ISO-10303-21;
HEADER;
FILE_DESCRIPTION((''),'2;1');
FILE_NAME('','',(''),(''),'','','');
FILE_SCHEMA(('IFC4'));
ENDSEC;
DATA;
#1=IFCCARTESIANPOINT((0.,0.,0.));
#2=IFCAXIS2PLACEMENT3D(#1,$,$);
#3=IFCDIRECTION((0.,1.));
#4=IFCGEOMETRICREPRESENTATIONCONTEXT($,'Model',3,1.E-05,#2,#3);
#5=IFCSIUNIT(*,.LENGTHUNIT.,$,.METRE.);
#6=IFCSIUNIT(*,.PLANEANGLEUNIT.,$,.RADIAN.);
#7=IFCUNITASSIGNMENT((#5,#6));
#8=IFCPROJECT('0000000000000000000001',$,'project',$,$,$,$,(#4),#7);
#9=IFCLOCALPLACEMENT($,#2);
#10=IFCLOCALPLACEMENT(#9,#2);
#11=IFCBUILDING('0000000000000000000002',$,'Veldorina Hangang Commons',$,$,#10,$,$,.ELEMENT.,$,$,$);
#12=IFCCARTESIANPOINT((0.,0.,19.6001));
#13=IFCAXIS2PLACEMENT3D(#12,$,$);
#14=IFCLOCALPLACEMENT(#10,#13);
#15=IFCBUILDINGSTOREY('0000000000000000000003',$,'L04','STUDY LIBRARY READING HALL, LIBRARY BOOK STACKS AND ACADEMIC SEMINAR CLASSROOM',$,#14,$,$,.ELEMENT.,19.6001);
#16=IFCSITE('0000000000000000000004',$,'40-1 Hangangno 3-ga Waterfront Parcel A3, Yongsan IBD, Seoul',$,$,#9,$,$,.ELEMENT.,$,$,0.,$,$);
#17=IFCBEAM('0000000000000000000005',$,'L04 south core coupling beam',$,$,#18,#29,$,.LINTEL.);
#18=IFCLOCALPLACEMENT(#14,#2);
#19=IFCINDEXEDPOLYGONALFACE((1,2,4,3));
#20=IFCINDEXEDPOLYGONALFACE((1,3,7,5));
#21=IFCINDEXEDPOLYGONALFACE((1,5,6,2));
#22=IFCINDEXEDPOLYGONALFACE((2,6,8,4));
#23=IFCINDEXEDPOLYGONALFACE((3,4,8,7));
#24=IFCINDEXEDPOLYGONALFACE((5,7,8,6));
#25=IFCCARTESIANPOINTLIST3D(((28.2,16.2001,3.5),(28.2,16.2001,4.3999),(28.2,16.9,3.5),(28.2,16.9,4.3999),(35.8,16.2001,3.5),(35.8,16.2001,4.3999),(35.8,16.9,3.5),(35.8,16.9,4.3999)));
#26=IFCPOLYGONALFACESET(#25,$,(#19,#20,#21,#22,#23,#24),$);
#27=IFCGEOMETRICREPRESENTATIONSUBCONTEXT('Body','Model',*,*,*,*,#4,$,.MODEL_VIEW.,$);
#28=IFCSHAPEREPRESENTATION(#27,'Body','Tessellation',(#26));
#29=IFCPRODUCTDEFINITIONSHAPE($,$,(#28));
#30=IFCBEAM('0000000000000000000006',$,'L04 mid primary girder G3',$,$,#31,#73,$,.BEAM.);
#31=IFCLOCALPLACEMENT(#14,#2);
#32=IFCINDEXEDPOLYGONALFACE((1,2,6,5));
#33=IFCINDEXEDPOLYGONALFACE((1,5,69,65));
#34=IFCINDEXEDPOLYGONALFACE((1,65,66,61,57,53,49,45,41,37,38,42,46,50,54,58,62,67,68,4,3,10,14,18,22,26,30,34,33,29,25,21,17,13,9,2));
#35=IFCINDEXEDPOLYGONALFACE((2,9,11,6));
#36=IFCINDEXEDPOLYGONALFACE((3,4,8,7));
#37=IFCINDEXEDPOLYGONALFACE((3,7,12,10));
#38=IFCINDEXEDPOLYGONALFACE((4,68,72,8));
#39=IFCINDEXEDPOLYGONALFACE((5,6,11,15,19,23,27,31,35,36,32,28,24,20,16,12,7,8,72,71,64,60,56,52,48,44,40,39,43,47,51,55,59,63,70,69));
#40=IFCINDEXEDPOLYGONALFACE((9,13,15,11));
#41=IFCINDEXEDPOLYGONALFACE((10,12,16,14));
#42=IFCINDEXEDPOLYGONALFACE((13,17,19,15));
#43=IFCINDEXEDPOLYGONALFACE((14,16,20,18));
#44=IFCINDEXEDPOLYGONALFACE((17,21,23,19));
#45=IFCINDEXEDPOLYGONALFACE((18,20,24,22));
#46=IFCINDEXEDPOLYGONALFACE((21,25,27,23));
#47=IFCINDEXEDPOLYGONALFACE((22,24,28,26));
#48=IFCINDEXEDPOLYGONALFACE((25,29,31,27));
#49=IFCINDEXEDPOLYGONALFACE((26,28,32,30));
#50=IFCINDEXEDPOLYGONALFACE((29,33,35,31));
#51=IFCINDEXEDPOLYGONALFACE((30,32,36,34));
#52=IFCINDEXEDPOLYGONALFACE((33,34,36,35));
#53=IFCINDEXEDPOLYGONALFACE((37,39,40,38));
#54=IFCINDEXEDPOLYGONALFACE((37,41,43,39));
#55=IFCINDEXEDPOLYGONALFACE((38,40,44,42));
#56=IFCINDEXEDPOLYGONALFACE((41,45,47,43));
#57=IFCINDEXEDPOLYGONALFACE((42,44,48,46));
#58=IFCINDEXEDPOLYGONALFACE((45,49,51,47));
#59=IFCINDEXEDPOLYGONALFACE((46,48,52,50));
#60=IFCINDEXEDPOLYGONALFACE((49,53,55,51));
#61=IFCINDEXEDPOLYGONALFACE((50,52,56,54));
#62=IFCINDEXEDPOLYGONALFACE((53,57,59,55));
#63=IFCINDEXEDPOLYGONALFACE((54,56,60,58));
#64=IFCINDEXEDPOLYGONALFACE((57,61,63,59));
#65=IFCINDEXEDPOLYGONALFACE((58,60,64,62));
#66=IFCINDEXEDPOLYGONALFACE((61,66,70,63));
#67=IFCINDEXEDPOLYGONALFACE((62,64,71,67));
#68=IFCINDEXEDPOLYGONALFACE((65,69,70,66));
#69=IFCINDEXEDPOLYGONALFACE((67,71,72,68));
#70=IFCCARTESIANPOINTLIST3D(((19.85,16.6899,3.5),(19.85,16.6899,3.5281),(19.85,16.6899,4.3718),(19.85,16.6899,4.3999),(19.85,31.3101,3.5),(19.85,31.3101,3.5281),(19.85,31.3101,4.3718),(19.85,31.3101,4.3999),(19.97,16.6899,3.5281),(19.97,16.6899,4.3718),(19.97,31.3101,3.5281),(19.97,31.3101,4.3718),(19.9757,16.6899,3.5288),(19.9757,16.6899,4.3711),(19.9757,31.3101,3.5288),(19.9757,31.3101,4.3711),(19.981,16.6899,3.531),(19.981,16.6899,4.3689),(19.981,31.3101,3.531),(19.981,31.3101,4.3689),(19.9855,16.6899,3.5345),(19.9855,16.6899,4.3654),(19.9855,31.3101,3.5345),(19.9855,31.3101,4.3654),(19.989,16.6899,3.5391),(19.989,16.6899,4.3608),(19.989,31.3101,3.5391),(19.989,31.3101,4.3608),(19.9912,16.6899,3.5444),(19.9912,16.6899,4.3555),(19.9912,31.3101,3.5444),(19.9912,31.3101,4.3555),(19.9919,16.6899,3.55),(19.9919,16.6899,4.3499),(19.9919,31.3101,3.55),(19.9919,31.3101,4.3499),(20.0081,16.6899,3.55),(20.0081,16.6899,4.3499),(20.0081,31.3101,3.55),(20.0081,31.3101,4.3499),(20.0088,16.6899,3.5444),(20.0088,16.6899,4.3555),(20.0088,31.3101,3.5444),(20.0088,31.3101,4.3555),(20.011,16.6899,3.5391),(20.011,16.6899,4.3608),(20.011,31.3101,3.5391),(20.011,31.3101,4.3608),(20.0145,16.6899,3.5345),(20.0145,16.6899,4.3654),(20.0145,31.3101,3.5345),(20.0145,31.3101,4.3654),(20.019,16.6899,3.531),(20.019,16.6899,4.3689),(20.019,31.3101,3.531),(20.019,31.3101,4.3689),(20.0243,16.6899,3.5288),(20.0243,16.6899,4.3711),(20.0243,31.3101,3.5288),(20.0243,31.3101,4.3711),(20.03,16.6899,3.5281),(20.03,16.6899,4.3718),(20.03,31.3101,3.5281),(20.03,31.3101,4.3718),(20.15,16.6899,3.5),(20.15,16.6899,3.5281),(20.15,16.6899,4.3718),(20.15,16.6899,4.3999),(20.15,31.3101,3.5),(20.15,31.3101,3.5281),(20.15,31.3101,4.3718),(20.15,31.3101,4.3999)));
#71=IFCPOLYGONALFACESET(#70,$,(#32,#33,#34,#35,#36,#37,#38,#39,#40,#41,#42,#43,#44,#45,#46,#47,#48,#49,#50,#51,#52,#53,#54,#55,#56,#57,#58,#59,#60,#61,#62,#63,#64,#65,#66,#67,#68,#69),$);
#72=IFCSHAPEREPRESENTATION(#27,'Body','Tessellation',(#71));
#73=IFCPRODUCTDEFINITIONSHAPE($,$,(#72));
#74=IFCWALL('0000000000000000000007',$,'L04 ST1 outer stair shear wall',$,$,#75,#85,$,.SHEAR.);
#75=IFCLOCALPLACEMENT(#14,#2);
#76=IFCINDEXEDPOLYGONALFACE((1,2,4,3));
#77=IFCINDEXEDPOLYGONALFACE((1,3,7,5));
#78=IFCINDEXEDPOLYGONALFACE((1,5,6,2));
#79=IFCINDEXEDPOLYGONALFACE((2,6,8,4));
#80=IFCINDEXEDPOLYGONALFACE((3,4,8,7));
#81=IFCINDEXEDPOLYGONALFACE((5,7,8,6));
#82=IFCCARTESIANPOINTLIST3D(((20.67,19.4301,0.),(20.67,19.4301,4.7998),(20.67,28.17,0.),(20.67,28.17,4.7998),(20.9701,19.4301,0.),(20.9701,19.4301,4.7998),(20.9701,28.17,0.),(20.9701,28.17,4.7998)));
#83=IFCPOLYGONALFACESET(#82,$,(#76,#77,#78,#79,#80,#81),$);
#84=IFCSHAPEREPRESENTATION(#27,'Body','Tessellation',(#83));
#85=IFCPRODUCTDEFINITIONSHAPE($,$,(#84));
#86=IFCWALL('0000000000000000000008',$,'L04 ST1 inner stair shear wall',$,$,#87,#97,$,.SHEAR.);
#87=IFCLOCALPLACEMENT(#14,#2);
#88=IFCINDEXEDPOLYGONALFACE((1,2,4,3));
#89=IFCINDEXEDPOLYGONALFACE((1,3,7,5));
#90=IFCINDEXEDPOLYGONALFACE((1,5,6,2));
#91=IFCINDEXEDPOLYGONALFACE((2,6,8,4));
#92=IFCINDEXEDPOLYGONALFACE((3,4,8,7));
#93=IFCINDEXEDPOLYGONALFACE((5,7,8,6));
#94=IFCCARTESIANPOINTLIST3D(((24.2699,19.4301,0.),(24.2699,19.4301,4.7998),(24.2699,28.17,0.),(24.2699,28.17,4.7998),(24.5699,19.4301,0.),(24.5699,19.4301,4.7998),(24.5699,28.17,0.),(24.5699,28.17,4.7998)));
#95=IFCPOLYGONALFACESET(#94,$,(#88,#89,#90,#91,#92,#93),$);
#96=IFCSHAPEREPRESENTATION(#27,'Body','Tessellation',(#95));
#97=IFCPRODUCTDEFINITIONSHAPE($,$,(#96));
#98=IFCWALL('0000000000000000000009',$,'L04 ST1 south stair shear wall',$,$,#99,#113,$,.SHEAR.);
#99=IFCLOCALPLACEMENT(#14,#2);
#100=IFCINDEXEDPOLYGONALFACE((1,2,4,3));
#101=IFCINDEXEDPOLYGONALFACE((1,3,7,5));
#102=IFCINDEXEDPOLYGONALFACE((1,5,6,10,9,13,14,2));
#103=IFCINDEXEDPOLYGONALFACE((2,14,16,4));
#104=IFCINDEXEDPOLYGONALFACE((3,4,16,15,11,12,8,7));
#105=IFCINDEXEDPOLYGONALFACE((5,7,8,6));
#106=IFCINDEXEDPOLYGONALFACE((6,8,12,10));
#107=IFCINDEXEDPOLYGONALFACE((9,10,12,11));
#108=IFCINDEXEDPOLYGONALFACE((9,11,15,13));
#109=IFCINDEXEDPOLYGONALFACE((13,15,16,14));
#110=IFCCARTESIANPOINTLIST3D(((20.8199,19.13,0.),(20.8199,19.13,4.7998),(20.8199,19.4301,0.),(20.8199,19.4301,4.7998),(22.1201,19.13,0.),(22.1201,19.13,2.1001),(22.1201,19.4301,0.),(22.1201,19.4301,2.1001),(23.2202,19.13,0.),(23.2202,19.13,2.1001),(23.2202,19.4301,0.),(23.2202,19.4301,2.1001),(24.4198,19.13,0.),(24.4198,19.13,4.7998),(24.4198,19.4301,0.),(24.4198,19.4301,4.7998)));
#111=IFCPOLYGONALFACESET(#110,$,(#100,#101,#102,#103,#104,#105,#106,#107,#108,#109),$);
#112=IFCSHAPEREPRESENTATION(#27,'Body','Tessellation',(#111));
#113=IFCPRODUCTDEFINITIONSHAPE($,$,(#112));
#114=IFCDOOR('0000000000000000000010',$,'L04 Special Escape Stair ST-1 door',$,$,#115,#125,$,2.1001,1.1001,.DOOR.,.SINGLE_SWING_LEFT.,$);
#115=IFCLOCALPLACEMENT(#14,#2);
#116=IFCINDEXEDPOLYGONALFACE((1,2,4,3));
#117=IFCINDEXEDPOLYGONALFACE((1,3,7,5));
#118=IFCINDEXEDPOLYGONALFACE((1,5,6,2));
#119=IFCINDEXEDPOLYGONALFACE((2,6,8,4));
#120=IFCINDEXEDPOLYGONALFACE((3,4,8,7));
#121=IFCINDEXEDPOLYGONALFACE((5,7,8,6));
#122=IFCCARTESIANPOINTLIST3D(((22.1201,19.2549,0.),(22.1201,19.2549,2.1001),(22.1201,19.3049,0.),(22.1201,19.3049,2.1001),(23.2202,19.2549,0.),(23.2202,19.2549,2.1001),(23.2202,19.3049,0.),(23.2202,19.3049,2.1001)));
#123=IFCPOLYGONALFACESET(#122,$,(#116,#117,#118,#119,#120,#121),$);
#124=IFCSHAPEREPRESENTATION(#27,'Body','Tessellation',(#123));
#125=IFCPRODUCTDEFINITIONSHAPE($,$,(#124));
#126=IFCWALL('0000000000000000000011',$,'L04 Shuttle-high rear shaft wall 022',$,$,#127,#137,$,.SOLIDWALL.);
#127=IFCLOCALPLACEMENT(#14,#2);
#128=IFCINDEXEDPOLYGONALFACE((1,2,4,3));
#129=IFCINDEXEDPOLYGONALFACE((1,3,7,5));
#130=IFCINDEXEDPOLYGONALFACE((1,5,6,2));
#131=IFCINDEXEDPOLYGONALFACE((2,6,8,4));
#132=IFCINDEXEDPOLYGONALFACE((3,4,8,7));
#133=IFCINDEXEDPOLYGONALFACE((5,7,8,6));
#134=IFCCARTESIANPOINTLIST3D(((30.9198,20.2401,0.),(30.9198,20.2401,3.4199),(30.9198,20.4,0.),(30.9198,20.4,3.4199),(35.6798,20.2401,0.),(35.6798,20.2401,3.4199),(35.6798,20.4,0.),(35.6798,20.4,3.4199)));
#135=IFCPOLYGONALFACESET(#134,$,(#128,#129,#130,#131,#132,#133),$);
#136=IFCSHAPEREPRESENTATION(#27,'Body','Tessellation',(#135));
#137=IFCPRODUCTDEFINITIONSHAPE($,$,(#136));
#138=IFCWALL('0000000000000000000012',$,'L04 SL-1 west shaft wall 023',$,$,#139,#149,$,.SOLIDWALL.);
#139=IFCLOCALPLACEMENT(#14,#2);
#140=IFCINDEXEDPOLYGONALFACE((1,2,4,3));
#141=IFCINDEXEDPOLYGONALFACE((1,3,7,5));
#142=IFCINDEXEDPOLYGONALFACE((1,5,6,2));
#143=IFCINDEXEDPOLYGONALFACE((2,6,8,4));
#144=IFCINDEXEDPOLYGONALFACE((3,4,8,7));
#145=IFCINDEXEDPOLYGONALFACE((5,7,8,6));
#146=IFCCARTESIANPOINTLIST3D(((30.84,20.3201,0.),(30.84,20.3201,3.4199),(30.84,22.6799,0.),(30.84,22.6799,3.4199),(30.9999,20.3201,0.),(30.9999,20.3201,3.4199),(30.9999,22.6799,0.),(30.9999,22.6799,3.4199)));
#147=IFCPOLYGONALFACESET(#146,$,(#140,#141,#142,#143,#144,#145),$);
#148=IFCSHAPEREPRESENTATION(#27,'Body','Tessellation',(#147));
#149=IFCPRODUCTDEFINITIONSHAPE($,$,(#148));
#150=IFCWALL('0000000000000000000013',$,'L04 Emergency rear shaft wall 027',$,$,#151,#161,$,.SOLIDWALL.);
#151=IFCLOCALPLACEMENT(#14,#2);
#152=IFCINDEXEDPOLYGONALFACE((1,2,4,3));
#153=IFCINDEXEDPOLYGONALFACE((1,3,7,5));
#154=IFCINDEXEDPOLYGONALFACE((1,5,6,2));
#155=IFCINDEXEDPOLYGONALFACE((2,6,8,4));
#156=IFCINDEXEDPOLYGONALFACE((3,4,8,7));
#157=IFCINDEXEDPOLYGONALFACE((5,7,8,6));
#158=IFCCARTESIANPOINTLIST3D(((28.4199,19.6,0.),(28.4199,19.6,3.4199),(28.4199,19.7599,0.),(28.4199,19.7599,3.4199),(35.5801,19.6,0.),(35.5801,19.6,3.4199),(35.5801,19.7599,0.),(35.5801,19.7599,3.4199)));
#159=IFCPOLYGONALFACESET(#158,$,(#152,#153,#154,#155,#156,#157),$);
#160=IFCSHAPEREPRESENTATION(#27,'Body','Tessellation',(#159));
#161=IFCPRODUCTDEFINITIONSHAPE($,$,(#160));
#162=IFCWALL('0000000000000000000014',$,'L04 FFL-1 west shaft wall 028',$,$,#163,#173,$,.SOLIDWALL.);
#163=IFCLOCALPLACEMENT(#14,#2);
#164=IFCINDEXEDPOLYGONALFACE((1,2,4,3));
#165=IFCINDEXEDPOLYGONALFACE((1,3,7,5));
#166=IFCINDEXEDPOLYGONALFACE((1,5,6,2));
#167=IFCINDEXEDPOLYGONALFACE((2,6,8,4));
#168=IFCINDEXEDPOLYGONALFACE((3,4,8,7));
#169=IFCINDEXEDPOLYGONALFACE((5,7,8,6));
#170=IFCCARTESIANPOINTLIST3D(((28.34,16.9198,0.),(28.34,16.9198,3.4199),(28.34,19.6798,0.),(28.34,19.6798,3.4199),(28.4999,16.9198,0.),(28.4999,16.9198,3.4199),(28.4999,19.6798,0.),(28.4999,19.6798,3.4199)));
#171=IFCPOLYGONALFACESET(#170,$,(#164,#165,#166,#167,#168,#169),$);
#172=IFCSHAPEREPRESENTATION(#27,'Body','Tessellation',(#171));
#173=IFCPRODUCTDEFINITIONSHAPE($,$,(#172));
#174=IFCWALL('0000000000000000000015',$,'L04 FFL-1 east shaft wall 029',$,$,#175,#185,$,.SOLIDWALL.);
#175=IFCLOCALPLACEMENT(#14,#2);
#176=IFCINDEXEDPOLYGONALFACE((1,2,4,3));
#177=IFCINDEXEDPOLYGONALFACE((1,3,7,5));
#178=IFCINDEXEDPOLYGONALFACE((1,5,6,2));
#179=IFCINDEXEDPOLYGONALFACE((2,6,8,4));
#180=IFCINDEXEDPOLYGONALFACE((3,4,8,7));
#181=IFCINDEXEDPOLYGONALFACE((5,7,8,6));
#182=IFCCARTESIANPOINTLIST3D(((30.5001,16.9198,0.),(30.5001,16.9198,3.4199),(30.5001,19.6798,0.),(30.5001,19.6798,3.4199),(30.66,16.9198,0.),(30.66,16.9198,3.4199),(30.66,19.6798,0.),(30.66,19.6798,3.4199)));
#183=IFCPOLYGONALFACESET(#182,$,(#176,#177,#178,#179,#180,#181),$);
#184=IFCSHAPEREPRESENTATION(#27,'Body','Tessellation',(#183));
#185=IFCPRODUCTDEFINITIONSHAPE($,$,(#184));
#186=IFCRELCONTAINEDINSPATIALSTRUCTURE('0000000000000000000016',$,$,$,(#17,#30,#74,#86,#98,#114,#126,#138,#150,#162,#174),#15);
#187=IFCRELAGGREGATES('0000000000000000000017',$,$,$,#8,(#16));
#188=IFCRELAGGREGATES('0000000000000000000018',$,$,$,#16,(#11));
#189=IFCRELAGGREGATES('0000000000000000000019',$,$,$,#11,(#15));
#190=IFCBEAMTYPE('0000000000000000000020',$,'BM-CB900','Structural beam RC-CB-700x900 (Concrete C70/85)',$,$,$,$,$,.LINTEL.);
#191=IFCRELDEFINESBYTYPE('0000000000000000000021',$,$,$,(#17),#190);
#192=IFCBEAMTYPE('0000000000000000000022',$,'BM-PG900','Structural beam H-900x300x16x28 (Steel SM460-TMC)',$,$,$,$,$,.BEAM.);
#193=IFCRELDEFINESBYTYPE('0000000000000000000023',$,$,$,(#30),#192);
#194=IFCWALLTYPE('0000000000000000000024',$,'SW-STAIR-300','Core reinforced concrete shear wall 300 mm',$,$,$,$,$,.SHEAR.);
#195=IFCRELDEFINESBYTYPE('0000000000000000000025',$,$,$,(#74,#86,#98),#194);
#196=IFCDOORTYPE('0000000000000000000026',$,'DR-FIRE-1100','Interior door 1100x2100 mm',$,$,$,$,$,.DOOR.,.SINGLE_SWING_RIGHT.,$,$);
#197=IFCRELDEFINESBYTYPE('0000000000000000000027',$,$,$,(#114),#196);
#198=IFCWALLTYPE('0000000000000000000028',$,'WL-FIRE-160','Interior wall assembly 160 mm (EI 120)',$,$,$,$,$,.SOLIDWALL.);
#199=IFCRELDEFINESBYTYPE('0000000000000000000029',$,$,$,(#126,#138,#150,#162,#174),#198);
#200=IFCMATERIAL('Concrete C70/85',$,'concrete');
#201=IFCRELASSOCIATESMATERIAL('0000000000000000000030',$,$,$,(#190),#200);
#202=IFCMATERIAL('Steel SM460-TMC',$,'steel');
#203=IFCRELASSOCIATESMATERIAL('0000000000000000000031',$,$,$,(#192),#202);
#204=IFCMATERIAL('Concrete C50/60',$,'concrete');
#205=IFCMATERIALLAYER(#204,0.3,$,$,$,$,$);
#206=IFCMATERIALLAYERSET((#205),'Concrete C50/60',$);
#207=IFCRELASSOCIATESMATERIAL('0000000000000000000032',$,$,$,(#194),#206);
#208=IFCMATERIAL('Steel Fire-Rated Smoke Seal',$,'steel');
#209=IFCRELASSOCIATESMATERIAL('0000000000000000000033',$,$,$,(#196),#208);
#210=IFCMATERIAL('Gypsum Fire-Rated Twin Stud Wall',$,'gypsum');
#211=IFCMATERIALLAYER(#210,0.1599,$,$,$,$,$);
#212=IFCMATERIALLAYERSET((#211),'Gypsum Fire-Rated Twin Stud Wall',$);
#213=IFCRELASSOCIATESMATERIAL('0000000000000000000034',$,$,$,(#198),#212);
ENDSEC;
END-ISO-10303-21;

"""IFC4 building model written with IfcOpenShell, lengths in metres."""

from ifc_helpers import new_model, si_unit, direction, frame, frame_2d, origin, origin_2d, place, context, subcontext, project, spatial, rectangle, i_section, extrude, material, layer, layer_set, material_profile, profile_set, type_object, element, fill, save


model = new_model("IFC4")

# Units and contexts
model_context = context("Model", 3, precision=1e-05, world=origin(), true_north=direction((0.0, 1.0)))
body_context = subcontext(model_context, "Body", "Model", "MODEL_VIEW")
ifc_project = project(units=[si_unit("LENGTHUNIT", "METRE"), si_unit("PLANEANGLEUNIT", "RADIAN")], contexts=[model_context])

# Site, building, storey
site_placement = place(None, origin())
site = spatial("IfcSite", under=ifc_project, at=site_placement, Name="40-1 Hangangno 3-ga Waterfront Parcel A3, Yongsan IBD, Seoul", CompositionType="ELEMENT", RefElevation=0.0)
building_placement = place(site_placement, origin())
building = spatial("IfcBuilding", under=site, at=building_placement, Name="Veldorina Hangang Commons", CompositionType="ELEMENT")
storey_placement = place(building_placement, frame((0.0, 0.0, 19.6001)))
storey = spatial("IfcBuildingStorey", under=building, at=storey_placement, Name="L04", Description="STUDY LIBRARY READING HALL, LIBRARY BOOK STACKS AND ACADEMIC SEMINAR CLASSROOM", CompositionType="ELEMENT", Elevation=19.6001)

# Beams
ifc_material_1 = material(Name="Concrete C70/85", Category="concrete")
ifc_material_profile_1 = material_profile(ifc_material_1, rectangle(XDim=0.7, YDim=0.8999, at=origin_2d()), Name="RC-CB-700x900")
ifc_profile_set_1 = profile_set([ifc_material_profile_1], Name="Concrete C70/85")
beam_type_1 = type_object("IfcBeamType", Name="BM-CB900", Description="Structural beam RC-CB-700x900 (Concrete C70/85)", PredefinedType="LINTEL", material=ifc_profile_set_1)
beam_1_placement = place(storey_placement, frame((28.2, 16.55, 3.95), z_axis=(1.0, 0.0, 0.0), x_axis=(0.0, 1.0, 0.0)))
element("IfcBeam", 1, at=beam_1_placement, inside=storey, type_object=beam_type_1, Name="L04 south core coupling beam", PredefinedType="LINTEL", context=body_context, shape_type="SweptSolid", body=[
    extrude(rectangle(XDim=0.7, YDim=0.8999, at=origin_2d()), origin(), (0.0, 0.0, 1.0), 7.6001),
])
ifc_material_2 = material(Name="Steel SM460-TMC", Category="steel")
ifc_material_profile_2 = material_profile(ifc_material_2, i_section(OverallWidth=0.3, OverallDepth=0.8999, WebThickness=0.0161, FlangeThickness=0.0281, FilletRadius=0.022, at=origin_2d()), Name="H-900x300x16x28")
ifc_profile_set_2 = profile_set([ifc_material_profile_2], Name="Steel SM460-TMC")
beam_type_2 = type_object("IfcBeamType", Name="BM-PG900", Description="Structural beam H-900x300x16x28 (Steel SM460-TMC)", PredefinedType="BEAM", material=ifc_profile_set_2)
beam_2_placement = place(storey_placement, frame((20.0, 16.6899, 3.95), z_axis=(0.0, 1.0, 0.0), x_axis=(-1.0, 0.0, 0.0)))
element("IfcBeam", 2, at=beam_2_placement, inside=storey, type_object=beam_type_2, Name="L04 mid primary girder G3", PredefinedType="BEAM", context=body_context, shape_type="SweptSolid", body=[
    extrude(i_section(OverallWidth=0.3, OverallDepth=0.8999, WebThickness=0.0161, FlangeThickness=0.0281, FilletRadius=0.022, at=origin_2d()), origin(), (0.0, 0.0, 1.0), 14.6201),
])

# Walls
ifc_material_3 = material(Name="Concrete C50/60", Category="concrete")
ifc_layer_1 = layer(ifc_material_3, 0.3)
ifc_layer_set_1 = layer_set([ifc_layer_1], Name="Concrete C50/60")
wall_type_1 = type_object("IfcWallType", Name="SW-STAIR-300", Description="Core reinforced concrete shear wall 300 mm", PredefinedType="SHEAR", material=ifc_layer_set_1)
for number, where, z_axis, x_axis, name in (
    (3, (20.8201, 19.4299, 0.0), (0.0, 0.0, 1.0), (0.0, 1.0, 0.0), "L04 ST1 outer stair shear wall"),
    (4, (24.4199, 19.4299, 0.0), (0.0, 0.0, 1.0), (0.0, 1.0, 0.0), "L04 ST1 inner stair shear wall"),
):
    element("IfcWall", number, at=place(storey_placement, frame(where, z_axis=z_axis, x_axis=x_axis)), inside=storey, type_object=wall_type_1, Name=name, PredefinedType="SHEAR", context=body_context, shape_type="SweptSolid", body=[
        extrude(rectangle(XDim=8.74, YDim=0.3, at=frame_2d((4.3701, 0.0))), origin(), (0.0, 0.0, 1.0), 4.7998),
    ])

# Wall, opening, door
wall_1_placement = place(storey_placement, frame((20.8201, 19.28, 0.0), z_axis=(0.0, 0.0, 1.0), x_axis=(1.0, 0.0, 0.0)))
wall_1 = element("IfcWall", 5, at=wall_1_placement, inside=storey, type_object=wall_type_1, Name="L04 ST1 south stair shear wall", PredefinedType="SHEAR", context=body_context, shape_type="SweptSolid", body=[
    extrude(rectangle(XDim=3.5999, YDim=0.3, at=frame_2d((1.7998, 0.0))), origin(), (0.0, 0.0, 1.0), 4.7998),
])
opening_1_placement = place(wall_1_placement, frame((1.3, 0.0, 0.0)))
opening_1 = element("IfcOpeningElement", 6, at=opening_1_placement, cuts=wall_1, PredefinedType="OPENING", context=body_context, shape_type="SweptSolid", body=[
    extrude(rectangle(XDim=1.1001, YDim=2.1001, at=frame_2d((0.55, 1.05))), frame((0.0, 0.1602, 0.0), z_axis=(0.0, -1.0, 0.0), x_axis=(1.0, 0.0, 0.0)), (0.0, 0.0, 1.0), 0.3201),
])
ifc_material_4 = material(Name="Steel Fire-Rated Smoke Seal", Category="steel")
door_type_1 = type_object("IfcDoorType", Name="DR-FIRE-1100", Description="Interior door 1100x2100 mm", OperationType="SINGLE_SWING_RIGHT", PredefinedType="DOOR", material=ifc_material_4)
door_1_placement = place(opening_1_placement, origin())
door_1 = element("IfcDoor", 7, at=door_1_placement, inside=storey, type_object=door_type_1, Name="L04 Special Escape Stair ST-1 door", OperationType="SINGLE_SWING_LEFT", OverallHeight=2.1001, OverallWidth=1.1001, PredefinedType="DOOR", context=body_context, shape_type="SweptSolid", body=[
    extrude(rectangle(XDim=1.1001, YDim=2.1001, at=frame_2d((0.55, 1.05))), frame((0.0, 0.0249, 0.0), z_axis=(0.0, -1.0, 0.0), x_axis=(1.0, 0.0, 0.0)), (0.0, 0.0, 1.0), 0.05),
])
fill(opening_1, door_1)

# Walls
ifc_material_5 = material(Name="Gypsum Fire-Rated Twin Stud Wall", Category="gypsum")
ifc_layer_2 = layer(ifc_material_5, 0.1599)
ifc_layer_set_2 = layer_set([ifc_layer_2], Name="Gypsum Fire-Rated Twin Stud Wall")
wall_type_2 = type_object("IfcWallType", Name="WL-FIRE-160", Description="Interior wall assembly 160 mm (EI 120)", PredefinedType="SOLIDWALL", material=ifc_layer_set_2)
wall_2_placement = place(storey_placement, frame((30.9199, 20.3201, 0.0), z_axis=(0.0, 0.0, 1.0), x_axis=(1.0, 0.0, 0.0)))
element("IfcWall", 8, at=wall_2_placement, inside=storey, type_object=wall_type_2, Name="L04 Shuttle-high rear shaft wall 022", PredefinedType="SOLIDWALL", context=body_context, shape_type="SweptSolid", body=[
    extrude(rectangle(XDim=4.76, YDim=0.1599, at=frame_2d((2.3799, 0.0))), origin(), (0.0, 0.0, 1.0), 3.4199),
])
wall_3_placement = place(storey_placement, frame((30.9199, 20.3201, 0.0), z_axis=(0.0, 0.0, 1.0), x_axis=(0.0, 1.0, 0.0)))
element("IfcWall", 9, at=wall_3_placement, inside=storey, type_object=wall_type_2, Name="L04 SL-1 west shaft wall 023", PredefinedType="SOLIDWALL", context=body_context, shape_type="SweptSolid", body=[
    extrude(rectangle(XDim=2.3599, YDim=0.1599, at=frame_2d((1.1799, 0.0))), origin(), (0.0, 0.0, 1.0), 3.4199),
])

# Walls
wall_4_placement = place(storey_placement, frame((28.4199, 19.6799, 0.0), z_axis=(0.0, 0.0, 1.0), x_axis=(1.0, 0.0, 0.0)))
element("IfcWall", 10, at=wall_4_placement, inside=storey, type_object=wall_type_2, Name="L04 Emergency rear shaft wall 027", PredefinedType="SOLIDWALL", context=body_context, shape_type="SweptSolid", body=[
    extrude(rectangle(XDim=7.1602, YDim=0.1599, at=frame_2d((3.5801, 0.0))), origin(), (0.0, 0.0, 1.0), 3.4199),
])
for number, where, z_axis, x_axis, name in (
    (11, (28.4199, 16.9199, 0.0), (0.0, 0.0, 1.0), (0.0, 1.0, 0.0), "L04 FFL-1 west shaft wall 028"),
    (12, (30.5801, 16.9199, 0.0), (0.0, 0.0, 1.0), (0.0, 1.0, 0.0), "L04 FFL-1 east shaft wall 029"),
):
    element("IfcWall", number, at=place(storey_placement, frame(where, z_axis=z_axis, x_axis=x_axis)), inside=storey, type_object=wall_type_2, Name=name, PredefinedType="SOLIDWALL", context=body_context, shape_type="SweptSolid", body=[
        extrude(rectangle(XDim=2.76, YDim=0.1599, at=frame_2d((1.3799, 0.0))), origin(), (0.0, 0.0, 1.0), 3.4199),
    ])

save(model, "model.ifc")
